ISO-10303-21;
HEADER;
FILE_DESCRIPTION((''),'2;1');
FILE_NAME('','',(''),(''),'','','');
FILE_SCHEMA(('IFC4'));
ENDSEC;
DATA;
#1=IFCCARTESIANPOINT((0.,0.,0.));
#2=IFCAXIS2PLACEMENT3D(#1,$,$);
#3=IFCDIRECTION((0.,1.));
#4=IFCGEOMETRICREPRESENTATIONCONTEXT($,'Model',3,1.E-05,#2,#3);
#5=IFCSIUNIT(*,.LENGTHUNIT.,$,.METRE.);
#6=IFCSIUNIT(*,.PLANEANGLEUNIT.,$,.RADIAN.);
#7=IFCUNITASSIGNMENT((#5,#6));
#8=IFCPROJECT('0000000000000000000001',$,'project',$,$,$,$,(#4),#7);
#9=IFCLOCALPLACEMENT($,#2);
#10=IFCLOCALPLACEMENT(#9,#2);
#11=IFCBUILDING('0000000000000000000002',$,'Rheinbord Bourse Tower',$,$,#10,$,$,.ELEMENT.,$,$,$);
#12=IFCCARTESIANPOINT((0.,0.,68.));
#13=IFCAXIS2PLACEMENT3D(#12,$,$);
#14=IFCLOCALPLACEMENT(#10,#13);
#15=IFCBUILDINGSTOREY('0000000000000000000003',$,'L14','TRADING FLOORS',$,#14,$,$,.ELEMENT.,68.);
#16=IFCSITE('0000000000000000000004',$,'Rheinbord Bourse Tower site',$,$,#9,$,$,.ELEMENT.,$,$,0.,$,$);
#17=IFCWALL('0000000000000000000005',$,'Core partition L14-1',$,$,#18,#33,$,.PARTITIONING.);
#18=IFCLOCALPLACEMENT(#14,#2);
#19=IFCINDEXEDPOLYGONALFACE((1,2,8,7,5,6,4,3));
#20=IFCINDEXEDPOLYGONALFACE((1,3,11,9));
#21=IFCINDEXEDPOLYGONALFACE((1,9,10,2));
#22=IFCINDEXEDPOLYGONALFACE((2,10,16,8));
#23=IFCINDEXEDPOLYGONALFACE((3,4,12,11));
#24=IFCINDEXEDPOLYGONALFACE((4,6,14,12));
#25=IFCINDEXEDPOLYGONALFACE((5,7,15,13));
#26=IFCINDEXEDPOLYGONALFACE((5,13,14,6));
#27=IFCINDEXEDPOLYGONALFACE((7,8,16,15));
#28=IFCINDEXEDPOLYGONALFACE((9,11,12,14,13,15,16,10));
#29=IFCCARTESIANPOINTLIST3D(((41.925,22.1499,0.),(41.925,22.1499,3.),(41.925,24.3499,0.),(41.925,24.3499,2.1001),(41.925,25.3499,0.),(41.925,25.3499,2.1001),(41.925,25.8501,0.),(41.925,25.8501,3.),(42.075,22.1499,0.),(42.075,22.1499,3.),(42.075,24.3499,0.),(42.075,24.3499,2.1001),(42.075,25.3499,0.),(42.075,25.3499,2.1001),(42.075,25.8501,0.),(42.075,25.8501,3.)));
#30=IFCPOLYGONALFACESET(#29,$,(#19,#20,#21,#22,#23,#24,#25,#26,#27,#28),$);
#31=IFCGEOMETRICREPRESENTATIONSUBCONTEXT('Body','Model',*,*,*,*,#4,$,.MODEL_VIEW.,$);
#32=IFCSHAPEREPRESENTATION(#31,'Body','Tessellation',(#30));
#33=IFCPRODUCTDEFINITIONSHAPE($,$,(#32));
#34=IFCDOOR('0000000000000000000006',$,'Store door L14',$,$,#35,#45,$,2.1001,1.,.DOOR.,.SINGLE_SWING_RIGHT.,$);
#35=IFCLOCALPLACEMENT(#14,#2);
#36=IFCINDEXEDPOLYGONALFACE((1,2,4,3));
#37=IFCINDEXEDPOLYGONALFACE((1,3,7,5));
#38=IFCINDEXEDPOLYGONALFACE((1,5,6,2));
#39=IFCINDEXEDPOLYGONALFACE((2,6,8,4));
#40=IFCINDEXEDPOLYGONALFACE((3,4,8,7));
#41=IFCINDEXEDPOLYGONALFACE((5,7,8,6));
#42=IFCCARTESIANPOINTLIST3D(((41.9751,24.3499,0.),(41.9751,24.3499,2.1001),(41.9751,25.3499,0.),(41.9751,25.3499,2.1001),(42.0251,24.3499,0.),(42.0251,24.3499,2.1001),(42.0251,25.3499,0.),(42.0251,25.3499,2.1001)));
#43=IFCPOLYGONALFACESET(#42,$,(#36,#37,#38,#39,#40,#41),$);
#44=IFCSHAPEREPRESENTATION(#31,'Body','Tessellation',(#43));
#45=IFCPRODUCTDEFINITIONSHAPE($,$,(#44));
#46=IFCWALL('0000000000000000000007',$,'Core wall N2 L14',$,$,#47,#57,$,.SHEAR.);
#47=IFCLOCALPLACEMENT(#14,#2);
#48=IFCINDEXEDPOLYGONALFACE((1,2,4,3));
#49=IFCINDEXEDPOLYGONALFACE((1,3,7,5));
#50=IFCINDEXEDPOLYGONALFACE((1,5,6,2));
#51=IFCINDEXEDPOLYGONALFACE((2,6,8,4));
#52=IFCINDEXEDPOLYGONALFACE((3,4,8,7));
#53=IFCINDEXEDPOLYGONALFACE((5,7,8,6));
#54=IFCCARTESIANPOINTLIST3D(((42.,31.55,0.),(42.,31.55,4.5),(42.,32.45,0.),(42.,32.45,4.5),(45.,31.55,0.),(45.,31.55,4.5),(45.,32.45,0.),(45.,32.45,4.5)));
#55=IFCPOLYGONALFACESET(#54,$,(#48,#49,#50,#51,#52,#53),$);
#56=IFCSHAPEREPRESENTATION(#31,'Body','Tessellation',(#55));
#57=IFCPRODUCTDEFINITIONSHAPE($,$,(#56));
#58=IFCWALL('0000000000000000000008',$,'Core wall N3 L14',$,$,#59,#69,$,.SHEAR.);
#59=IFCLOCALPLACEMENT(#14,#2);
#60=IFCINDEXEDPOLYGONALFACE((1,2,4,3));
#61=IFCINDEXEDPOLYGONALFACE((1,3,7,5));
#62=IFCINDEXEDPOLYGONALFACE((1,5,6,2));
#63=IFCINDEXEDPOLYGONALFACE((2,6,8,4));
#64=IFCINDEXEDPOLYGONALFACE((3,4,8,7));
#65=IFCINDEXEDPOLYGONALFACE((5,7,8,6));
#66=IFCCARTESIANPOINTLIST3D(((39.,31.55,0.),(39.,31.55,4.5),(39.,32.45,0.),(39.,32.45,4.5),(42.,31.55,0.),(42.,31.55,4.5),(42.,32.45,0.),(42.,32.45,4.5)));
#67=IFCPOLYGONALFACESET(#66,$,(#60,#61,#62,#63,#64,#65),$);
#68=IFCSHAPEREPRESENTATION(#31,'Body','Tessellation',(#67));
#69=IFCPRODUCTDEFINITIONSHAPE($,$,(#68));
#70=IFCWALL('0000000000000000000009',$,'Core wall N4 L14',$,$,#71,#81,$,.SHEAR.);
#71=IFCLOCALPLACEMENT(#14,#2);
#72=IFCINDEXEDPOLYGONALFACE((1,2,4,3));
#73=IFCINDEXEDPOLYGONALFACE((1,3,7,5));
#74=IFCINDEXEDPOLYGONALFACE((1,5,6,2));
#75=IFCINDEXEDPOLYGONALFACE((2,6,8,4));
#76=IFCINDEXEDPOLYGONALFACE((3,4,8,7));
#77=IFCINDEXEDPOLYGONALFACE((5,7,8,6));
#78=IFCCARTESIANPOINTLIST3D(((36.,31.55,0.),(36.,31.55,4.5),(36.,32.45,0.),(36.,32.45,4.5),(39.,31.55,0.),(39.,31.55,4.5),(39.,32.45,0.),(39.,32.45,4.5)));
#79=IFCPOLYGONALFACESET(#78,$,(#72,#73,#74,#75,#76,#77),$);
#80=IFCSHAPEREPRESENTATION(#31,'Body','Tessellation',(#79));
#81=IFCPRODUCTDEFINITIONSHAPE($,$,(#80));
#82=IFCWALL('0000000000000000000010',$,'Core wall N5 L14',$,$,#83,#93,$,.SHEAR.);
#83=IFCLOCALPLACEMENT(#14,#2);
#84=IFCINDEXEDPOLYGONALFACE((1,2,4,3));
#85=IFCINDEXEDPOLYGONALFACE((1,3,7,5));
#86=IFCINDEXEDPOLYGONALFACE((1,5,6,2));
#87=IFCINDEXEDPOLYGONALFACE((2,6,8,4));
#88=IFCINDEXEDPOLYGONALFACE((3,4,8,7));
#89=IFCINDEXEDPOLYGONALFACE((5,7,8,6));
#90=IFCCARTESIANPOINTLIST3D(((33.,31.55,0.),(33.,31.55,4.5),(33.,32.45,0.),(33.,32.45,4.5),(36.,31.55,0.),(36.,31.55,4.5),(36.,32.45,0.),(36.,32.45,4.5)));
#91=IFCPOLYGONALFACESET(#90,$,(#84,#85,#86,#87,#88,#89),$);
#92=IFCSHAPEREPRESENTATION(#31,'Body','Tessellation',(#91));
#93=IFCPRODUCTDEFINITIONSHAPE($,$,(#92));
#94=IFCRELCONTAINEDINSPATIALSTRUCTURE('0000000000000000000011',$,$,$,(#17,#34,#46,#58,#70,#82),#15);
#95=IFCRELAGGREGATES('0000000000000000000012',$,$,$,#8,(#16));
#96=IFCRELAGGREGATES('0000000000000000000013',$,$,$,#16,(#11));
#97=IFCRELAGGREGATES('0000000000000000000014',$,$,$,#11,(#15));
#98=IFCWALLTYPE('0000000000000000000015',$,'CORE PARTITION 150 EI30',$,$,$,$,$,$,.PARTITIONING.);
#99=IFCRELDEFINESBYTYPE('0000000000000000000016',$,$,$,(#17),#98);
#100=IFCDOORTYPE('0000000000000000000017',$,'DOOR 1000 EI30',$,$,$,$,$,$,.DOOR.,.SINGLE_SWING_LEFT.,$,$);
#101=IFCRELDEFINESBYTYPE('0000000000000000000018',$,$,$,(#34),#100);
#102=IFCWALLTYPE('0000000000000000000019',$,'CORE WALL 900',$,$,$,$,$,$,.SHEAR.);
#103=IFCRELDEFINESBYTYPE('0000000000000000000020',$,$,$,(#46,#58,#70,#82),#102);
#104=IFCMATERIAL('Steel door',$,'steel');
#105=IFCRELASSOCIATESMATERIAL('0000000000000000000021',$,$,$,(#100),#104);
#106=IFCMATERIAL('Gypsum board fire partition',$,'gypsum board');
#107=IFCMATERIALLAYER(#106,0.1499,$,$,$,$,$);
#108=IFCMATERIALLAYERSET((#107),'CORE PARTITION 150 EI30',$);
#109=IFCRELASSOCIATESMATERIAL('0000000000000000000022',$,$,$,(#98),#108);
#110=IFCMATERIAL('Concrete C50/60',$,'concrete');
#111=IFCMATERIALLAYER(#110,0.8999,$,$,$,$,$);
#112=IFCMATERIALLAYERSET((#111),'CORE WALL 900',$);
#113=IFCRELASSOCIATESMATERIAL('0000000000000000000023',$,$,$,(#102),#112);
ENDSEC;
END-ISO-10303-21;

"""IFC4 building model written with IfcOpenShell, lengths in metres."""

from ifc_helpers import new_model, si_unit, direction, frame, frame_2d, origin, place, context, subcontext, project, spatial, rectangle, extrude, material, layer, layer_set, type_object, element, fill, save


model = new_model("IFC4")

# Units and contexts
model_context = context("Model", 3, precision=1e-05, world=origin(), true_north=direction((0.0, 1.0)))
body_context = subcontext(model_context, "Body", "Model", "MODEL_VIEW")
ifc_project = project(units=[si_unit("LENGTHUNIT", "METRE"), si_unit("PLANEANGLEUNIT", "RADIAN")], contexts=[model_context])

# Site, building, storey
site_placement = place(None, origin())
site = spatial("IfcSite", under=ifc_project, at=site_placement, Name="Rheinbord Bourse Tower site", CompositionType="ELEMENT", RefElevation=0.0)
building_placement = place(site_placement, origin())
building = spatial("IfcBuilding", under=site, at=building_placement, Name="Rheinbord Bourse Tower", CompositionType="ELEMENT")
storey_placement = place(building_placement, frame((0.0, 0.0, 68.0)))
storey = spatial("IfcBuildingStorey", under=building, at=storey_placement, Name="L14", Description="TRADING FLOORS", CompositionType="ELEMENT", Elevation=68.0)

# Shared definitions
ifc_material_1 = material(Name="Steel door", Category="steel")
door_type_1 = type_object("IfcDoorType", Name="DOOR 1000 EI30", OperationType="SINGLE_SWING_LEFT", PredefinedType="DOOR", material=ifc_material_1)

# Wall, opening, door
ifc_material_2 = material(Name="Gypsum board fire partition", Category="gypsum board")
ifc_layer_1 = layer(ifc_material_2, 0.1499)
ifc_layer_set_1 = layer_set([ifc_layer_1], Name="CORE PARTITION 150 EI30")
wall_type_1 = type_object("IfcWallType", Name="CORE PARTITION 150 EI30", PredefinedType="PARTITIONING", material=ifc_layer_set_1)
wall_1_placement = place(storey_placement, frame((42.0, 22.1499, 0.0), z_axis=(0.0, 0.0, 1.0), x_axis=(0.0, 1.0, 0.0)))
wall_1 = element("IfcWall", 1, at=wall_1_placement, inside=storey, type_object=wall_type_1, Name="Core partition L14-1", PredefinedType="PARTITIONING", context=body_context, shape_type="SweptSolid", body=[
    extrude(rectangle(XDim=3.7002, YDim=0.1499, at=frame_2d((1.8501, 0.0))), origin(), (0.0, 0.0, 1.0), 3.0),
])
opening_1_placement = place(wall_1_placement, frame((2.2, 0.0, 0.0)))
opening_1 = element("IfcOpeningElement", 2, at=opening_1_placement, cuts=wall_1, PredefinedType="OPENING", context=body_context, shape_type="SweptSolid", body=[
    extrude(rectangle(XDim=1.0, YDim=2.1001, at=frame_2d((0.5, 1.05))), frame((0.0, 0.085, 0.0), z_axis=(0.0, -1.0, 0.0), x_axis=(1.0, 0.0, 0.0)), (0.0, 0.0, 1.0), 0.1699),
])
door_1_placement = place(opening_1_placement, origin())
door_1 = element("IfcDoor", 3, at=door_1_placement, inside=storey, type_object=door_type_1, Name="Store door L14", OperationType="SINGLE_SWING_RIGHT", OverallHeight=2.1001, OverallWidth=1.0, PredefinedType="DOOR", context=body_context, shape_type="SweptSolid", body=[
    extrude(rectangle(XDim=1.0, YDim=2.1001, at=frame_2d((0.5, 1.05))), frame((0.0, 0.0249, 0.0), z_axis=(0.0, -1.0, 0.0), x_axis=(1.0, 0.0, 0.0)), (0.0, 0.0, 1.0), 0.05),
])
fill(opening_1, door_1)

# Walls
ifc_material_3 = material(Name="Concrete C50/60", Category="concrete")
ifc_layer_2 = layer(ifc_material_3, 0.8999)
ifc_layer_set_2 = layer_set([ifc_layer_2], Name="CORE WALL 900")
wall_type_2 = type_object("IfcWallType", Name="CORE WALL 900", PredefinedType="SHEAR", material=ifc_layer_set_2)
for number, where, z_axis, x_axis, name in (
    (4, (45.0, 32.0, 0.0), (0.0, 0.0, 1.0), (-1.0, 0.0, 0.0), "Core wall N2 L14"),
    (5, (42.0, 32.0, 0.0), (0.0, 0.0, 1.0), (-1.0, 0.0, 0.0), "Core wall N3 L14"),
    (6, (39.0, 32.0, 0.0), (0.0, 0.0, 1.0), (-1.0, 0.0, 0.0), "Core wall N4 L14"),
    (7, (36.0, 32.0, 0.0), (0.0, 0.0, 1.0), (-1.0, 0.0, 0.0), "Core wall N5 L14"),
):
    element("IfcWall", number, at=place(storey_placement, frame(where, z_axis=z_axis, x_axis=x_axis)), inside=storey, type_object=wall_type_2, Name=name, PredefinedType="SHEAR", context=body_context, shape_type="SweptSolid", body=[
        extrude(rectangle(XDim=3.0, YDim=0.8999, at=frame_2d((1.5, 0.0))), origin(), (0.0, 0.0, 1.0), 4.5),
    ])

save(model, "model.ifc")
